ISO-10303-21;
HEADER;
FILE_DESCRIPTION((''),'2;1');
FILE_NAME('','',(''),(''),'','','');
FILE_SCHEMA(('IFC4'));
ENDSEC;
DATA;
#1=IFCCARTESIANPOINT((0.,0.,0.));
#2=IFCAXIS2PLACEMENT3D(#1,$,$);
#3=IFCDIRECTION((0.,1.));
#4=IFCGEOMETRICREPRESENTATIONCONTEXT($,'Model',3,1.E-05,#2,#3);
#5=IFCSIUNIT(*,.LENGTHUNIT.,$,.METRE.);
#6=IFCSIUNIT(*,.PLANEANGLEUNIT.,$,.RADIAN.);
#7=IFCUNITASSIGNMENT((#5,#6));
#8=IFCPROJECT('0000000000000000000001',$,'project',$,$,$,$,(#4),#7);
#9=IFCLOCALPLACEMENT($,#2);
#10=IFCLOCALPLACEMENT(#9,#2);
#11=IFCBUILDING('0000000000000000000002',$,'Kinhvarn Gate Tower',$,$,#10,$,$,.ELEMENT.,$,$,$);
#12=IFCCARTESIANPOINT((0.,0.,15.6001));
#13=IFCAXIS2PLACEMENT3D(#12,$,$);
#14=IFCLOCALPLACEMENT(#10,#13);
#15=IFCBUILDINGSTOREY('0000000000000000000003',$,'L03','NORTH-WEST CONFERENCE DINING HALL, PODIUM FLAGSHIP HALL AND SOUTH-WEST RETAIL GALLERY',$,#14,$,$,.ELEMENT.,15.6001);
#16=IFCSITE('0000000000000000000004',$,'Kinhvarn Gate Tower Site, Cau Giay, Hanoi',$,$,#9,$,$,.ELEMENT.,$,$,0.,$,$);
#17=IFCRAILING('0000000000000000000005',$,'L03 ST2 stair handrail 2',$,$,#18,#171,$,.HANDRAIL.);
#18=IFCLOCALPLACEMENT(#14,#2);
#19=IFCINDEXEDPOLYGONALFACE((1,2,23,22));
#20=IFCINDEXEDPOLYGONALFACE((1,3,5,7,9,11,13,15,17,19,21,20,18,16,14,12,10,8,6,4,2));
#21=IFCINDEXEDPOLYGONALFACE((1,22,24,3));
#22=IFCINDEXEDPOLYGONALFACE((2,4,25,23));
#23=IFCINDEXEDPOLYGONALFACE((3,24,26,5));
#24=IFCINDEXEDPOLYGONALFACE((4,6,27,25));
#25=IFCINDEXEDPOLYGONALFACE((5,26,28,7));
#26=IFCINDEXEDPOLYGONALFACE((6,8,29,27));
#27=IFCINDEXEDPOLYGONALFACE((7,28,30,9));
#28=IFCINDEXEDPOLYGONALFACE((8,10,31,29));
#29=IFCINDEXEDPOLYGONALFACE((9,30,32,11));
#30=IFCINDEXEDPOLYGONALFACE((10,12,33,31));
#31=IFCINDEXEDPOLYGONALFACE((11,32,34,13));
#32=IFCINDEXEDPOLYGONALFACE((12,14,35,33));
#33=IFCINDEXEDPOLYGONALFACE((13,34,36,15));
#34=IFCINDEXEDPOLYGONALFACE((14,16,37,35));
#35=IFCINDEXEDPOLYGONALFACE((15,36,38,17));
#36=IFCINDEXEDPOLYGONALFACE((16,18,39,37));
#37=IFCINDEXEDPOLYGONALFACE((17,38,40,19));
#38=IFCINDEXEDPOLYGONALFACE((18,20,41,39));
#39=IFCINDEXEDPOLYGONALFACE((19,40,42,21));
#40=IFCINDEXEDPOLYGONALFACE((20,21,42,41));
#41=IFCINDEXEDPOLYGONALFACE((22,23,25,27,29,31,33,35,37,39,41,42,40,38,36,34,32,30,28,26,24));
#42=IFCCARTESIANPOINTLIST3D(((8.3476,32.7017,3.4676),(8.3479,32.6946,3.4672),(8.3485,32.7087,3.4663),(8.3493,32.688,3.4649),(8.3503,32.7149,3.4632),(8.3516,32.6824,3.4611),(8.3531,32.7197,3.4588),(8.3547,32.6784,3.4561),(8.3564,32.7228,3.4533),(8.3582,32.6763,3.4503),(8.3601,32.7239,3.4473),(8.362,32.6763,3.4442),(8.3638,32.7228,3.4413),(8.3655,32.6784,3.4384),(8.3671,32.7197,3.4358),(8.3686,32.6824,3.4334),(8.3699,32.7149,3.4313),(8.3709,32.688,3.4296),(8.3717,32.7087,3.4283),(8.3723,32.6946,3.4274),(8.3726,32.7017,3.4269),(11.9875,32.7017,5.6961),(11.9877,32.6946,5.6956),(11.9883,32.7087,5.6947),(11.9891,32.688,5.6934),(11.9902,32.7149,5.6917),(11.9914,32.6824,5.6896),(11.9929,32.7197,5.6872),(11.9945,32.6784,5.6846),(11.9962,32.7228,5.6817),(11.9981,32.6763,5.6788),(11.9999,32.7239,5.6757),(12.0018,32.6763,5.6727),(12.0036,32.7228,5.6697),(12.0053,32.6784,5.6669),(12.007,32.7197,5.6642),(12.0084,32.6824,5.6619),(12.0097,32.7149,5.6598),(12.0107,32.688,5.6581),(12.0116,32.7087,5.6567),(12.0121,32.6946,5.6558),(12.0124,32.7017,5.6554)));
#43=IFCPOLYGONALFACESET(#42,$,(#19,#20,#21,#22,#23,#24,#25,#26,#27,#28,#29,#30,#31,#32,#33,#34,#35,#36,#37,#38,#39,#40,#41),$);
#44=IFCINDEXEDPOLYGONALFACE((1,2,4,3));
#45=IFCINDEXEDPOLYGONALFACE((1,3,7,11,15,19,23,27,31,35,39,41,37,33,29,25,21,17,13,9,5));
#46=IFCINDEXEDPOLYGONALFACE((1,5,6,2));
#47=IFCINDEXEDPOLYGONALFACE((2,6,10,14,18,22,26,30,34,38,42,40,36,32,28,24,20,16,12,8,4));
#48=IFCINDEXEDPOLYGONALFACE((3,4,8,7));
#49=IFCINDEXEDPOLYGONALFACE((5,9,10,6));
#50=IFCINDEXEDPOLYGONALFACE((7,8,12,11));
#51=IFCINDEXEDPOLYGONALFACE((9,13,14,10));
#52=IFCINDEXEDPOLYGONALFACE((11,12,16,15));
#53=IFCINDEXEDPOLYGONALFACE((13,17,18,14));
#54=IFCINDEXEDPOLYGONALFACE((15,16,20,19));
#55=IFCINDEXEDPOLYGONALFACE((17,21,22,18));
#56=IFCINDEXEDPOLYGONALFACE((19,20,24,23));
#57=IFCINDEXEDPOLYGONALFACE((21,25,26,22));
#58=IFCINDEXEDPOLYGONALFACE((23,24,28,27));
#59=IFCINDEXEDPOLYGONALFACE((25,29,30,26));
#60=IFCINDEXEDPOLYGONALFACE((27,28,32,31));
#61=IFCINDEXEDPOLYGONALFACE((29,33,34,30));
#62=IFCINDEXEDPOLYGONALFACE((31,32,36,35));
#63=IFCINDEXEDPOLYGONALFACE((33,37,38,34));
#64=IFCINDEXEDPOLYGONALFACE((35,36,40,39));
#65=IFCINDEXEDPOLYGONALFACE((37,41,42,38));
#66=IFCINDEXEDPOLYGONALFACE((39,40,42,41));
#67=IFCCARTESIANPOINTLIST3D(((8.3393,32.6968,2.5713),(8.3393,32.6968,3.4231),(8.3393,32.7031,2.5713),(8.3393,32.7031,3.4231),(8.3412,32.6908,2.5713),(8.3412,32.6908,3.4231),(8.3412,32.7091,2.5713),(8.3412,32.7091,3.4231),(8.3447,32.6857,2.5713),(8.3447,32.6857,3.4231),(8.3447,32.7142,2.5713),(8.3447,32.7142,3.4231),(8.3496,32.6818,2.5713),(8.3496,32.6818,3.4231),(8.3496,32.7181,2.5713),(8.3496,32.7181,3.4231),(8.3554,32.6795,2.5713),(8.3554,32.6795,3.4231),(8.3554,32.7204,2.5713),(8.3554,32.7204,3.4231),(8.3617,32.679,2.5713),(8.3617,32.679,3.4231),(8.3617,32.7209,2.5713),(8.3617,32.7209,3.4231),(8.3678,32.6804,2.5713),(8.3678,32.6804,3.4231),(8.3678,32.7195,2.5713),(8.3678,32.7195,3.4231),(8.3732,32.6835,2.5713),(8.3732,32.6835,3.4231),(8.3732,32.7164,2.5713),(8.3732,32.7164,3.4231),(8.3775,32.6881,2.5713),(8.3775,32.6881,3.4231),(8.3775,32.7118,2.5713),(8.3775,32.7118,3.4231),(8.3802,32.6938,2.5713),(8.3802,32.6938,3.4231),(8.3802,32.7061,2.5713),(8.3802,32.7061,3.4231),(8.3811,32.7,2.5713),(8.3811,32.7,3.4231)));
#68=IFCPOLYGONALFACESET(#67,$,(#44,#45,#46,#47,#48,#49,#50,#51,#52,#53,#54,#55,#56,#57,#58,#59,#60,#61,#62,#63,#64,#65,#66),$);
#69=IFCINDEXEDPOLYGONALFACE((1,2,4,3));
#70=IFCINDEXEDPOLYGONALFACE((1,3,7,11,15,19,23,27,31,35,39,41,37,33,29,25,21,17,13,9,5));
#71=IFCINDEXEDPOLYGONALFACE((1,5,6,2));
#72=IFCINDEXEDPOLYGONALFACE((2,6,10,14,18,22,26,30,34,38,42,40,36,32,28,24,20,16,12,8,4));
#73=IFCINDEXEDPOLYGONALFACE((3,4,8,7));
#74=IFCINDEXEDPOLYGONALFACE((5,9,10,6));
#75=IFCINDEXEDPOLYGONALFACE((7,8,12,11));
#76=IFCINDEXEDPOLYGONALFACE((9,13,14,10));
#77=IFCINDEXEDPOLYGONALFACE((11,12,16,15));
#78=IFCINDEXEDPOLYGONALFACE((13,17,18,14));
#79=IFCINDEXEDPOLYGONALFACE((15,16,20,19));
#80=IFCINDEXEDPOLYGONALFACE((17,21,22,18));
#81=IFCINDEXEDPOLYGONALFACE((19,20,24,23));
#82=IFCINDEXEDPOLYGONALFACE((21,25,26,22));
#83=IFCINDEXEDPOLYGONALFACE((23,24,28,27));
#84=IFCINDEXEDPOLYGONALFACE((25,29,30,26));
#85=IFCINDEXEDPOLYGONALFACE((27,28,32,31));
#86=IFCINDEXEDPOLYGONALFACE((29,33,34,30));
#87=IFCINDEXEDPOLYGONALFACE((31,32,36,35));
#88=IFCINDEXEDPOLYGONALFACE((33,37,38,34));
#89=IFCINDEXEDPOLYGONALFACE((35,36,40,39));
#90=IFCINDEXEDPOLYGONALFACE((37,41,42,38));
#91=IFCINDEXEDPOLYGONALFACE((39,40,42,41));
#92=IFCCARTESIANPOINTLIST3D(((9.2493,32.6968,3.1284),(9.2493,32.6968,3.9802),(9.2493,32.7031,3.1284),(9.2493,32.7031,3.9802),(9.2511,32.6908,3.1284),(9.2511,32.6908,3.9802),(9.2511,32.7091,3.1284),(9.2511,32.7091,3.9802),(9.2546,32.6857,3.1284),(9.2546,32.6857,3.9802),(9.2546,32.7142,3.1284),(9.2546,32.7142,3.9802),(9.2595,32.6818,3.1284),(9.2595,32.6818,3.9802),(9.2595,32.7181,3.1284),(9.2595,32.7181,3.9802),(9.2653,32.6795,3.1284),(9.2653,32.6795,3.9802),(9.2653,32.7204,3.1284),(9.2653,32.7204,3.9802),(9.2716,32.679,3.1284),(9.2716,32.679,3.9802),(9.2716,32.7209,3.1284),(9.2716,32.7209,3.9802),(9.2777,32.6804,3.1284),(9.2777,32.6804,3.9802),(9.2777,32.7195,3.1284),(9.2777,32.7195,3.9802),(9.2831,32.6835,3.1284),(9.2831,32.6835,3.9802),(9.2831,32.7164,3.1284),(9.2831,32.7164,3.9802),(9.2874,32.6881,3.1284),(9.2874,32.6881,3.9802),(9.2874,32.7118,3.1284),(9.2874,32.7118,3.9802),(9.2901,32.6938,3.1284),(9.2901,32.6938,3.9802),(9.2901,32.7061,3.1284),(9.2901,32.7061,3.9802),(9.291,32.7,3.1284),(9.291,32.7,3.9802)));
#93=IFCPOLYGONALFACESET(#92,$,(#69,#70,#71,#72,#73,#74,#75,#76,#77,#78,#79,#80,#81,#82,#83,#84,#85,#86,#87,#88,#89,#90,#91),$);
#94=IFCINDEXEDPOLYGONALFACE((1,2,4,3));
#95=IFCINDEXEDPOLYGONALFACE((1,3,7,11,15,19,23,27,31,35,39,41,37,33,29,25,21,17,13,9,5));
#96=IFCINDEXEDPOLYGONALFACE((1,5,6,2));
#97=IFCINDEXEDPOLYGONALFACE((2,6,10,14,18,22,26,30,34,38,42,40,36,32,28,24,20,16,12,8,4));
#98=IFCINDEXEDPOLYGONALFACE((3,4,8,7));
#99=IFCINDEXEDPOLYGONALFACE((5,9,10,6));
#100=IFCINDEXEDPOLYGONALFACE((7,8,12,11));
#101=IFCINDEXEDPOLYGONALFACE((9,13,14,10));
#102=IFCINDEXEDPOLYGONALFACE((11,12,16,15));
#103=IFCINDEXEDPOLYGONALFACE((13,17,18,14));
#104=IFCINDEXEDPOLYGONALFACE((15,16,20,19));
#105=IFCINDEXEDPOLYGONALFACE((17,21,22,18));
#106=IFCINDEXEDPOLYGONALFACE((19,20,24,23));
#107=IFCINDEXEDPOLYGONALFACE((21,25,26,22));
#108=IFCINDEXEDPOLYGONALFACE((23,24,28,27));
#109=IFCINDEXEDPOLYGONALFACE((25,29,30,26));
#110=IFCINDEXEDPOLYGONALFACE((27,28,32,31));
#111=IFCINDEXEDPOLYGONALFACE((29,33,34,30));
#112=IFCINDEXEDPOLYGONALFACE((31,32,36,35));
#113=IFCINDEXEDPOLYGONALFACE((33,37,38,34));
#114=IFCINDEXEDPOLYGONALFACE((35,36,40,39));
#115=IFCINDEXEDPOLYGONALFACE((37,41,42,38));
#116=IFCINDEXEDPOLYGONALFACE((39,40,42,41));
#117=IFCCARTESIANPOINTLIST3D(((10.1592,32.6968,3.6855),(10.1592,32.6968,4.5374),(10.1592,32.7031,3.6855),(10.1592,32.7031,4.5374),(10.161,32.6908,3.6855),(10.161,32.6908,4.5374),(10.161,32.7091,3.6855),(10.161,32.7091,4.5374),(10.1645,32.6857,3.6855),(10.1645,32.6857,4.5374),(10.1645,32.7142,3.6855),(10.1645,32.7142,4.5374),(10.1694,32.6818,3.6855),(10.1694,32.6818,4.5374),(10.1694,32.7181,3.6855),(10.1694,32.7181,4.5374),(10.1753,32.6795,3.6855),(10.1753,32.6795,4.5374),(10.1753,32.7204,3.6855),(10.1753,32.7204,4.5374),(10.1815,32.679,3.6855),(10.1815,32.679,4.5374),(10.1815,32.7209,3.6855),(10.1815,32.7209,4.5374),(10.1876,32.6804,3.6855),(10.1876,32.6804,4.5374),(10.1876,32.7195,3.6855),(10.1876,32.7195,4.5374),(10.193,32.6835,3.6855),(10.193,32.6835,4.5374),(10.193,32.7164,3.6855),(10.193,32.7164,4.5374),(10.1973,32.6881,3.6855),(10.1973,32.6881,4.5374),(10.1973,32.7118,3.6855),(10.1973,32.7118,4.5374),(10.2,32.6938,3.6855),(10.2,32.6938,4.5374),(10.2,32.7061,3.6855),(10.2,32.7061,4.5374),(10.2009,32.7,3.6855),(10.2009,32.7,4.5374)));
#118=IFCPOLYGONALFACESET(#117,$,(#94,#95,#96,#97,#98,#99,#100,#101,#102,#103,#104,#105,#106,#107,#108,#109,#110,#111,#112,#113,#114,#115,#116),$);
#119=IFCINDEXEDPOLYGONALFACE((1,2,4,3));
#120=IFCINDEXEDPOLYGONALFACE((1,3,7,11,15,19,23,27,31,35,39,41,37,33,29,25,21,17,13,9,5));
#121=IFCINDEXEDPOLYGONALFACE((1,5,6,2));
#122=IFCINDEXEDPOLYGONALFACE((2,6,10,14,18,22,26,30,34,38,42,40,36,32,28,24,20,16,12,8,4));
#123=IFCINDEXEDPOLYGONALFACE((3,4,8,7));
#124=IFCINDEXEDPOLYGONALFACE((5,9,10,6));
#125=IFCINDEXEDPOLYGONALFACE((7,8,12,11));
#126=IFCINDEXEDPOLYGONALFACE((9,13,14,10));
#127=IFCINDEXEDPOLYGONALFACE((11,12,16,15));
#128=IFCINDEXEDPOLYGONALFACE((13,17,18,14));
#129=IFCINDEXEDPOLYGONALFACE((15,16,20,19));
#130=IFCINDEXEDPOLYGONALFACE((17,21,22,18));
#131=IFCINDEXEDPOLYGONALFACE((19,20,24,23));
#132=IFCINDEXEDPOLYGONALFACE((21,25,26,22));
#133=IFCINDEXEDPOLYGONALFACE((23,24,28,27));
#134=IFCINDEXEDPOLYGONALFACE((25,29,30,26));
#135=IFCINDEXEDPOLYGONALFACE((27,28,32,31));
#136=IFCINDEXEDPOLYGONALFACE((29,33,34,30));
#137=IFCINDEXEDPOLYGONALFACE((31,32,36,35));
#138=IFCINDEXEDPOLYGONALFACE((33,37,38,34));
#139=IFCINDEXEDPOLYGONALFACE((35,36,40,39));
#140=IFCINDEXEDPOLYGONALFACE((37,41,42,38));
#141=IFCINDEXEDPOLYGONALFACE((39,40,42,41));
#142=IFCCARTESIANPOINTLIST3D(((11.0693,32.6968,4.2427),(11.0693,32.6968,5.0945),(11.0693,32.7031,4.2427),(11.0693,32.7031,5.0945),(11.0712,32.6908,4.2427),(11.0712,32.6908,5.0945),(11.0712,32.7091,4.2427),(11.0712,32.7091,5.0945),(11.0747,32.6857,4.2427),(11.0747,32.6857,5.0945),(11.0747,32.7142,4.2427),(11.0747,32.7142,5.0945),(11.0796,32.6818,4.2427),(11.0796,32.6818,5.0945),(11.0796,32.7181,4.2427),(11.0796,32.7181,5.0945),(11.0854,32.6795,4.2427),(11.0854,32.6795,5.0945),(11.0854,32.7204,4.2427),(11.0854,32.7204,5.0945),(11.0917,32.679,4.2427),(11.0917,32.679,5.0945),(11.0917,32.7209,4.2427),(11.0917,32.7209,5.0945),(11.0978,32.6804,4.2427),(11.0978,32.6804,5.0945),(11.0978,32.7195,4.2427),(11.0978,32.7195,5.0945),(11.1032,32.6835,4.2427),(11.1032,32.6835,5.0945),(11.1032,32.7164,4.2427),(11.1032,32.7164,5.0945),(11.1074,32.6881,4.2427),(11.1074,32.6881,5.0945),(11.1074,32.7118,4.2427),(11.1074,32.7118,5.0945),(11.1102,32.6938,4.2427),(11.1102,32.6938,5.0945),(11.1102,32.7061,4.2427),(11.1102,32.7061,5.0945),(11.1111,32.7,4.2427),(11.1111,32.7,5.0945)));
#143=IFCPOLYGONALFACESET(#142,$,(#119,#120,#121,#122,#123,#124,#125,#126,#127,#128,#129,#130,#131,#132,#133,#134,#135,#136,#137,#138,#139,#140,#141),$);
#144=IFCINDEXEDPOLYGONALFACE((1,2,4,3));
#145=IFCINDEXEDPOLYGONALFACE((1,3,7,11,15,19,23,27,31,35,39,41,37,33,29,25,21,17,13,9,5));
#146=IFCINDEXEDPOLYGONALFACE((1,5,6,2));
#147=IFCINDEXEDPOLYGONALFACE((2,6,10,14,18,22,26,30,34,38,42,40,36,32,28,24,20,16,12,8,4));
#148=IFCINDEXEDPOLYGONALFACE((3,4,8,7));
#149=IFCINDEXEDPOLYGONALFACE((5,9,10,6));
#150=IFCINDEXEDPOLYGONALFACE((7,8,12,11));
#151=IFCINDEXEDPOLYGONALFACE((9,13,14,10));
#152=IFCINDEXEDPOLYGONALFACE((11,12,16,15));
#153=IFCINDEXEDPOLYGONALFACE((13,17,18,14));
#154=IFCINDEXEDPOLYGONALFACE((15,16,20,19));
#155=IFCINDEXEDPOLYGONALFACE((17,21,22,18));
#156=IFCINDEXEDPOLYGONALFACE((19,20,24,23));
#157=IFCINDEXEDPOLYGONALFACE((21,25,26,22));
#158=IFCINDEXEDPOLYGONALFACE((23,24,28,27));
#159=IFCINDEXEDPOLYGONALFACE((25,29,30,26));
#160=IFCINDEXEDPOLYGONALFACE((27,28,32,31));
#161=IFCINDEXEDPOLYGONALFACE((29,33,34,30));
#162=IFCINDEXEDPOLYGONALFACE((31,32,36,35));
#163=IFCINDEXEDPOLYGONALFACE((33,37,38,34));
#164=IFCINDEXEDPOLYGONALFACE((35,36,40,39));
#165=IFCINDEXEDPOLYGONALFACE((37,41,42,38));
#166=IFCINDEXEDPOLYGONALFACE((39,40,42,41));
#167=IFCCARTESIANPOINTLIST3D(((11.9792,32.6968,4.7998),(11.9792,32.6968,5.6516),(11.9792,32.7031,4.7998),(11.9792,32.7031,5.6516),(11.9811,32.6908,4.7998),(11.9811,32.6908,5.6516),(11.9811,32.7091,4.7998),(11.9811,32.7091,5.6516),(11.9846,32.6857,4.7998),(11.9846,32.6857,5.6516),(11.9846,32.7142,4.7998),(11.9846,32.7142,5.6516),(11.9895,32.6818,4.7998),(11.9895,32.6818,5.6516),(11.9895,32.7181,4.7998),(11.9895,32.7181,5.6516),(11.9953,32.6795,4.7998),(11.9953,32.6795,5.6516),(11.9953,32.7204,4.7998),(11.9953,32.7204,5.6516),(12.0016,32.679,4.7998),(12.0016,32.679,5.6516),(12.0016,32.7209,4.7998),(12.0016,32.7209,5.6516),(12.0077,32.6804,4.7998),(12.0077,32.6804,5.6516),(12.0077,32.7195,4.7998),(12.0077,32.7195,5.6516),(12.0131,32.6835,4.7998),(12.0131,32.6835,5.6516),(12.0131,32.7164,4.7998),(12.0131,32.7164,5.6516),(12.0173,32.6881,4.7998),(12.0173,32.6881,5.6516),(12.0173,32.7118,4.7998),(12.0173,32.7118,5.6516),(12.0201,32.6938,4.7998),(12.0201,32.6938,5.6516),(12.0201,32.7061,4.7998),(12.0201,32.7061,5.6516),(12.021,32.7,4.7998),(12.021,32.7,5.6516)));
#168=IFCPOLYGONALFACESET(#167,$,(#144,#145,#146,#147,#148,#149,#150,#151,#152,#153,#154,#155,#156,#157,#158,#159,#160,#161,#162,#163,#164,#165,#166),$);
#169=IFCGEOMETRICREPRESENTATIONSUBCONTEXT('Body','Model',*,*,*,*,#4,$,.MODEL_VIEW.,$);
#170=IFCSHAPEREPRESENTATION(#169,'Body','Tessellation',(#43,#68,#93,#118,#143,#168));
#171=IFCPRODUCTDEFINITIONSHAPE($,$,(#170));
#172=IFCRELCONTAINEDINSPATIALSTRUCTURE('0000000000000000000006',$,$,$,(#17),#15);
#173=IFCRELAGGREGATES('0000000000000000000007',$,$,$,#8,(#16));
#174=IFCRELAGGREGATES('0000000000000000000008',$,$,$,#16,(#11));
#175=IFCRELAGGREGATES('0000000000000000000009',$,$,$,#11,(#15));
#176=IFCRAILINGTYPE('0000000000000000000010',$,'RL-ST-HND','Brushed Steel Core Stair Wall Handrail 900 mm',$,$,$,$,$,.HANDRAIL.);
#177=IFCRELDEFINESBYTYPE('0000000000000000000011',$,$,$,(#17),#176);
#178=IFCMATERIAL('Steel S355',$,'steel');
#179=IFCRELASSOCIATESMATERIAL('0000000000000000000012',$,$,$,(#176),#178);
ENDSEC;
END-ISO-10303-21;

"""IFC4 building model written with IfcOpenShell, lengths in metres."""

from ifc_helpers import new_model, si_unit, direction, frame, origin, origin_2d, place, context, subcontext, project, spatial, circle, extrude, material, type_object, element, save


model = new_model("IFC4")

# Units and contexts
model_context = context("Model", 3, precision=1e-05, world=origin(), true_north=direction((0.0, 1.0)))
body_context = subcontext(model_context, "Body", "Model", "MODEL_VIEW")
ifc_project = project(units=[si_unit("LENGTHUNIT", "METRE"), si_unit("PLANEANGLEUNIT", "RADIAN")], contexts=[model_context])

# Site, building, storey
site_placement = place(None, origin())
site = spatial("IfcSite", under=ifc_project, at=site_placement, Name="Kinhvarn Gate Tower Site, Cau Giay, Hanoi", CompositionType="ELEMENT", RefElevation=0.0)
building_placement = place(site_placement, origin())
building = spatial("IfcBuilding", under=site, at=building_placement, Name="Kinhvarn Gate Tower", CompositionType="ELEMENT")
storey_placement = place(building_placement, frame((0.0, 0.0, 15.6001)))
storey = spatial("IfcBuildingStorey", under=building, at=storey_placement, Name="L03", Description="NORTH-WEST CONFERENCE DINING HALL, PODIUM FLAGSHIP HALL AND SOUTH-WEST RETAIL GALLERY", CompositionType="ELEMENT", Elevation=15.6001)

# Shared definitions
ifc_material_1 = material(Name="Steel S355", Category="steel")

# Railing
railing_type_1 = type_object("IfcRailingType", Name="RL-ST-HND", Description="Brushed Steel Core Stair Wall Handrail 900 mm", PredefinedType="HANDRAIL", material=ifc_material_1)
railing_1_placement = place(storey_placement, frame((8.3601, 32.7, 2.5713)))
element("IfcRailing", 1, at=railing_1_placement, inside=storey, type_object=railing_type_1, Name="L03 ST2 stair handrail 2", PredefinedType="HANDRAIL", context=body_context, shape_type="SweptSolid", body=[
    extrude(circle(Radius=0.0239, at=origin_2d()), frame((0.0, 0.0, 0.876), z_axis=(0.85285, 0.0, 0.522156), x_axis=(0.0, 1.0, 0.0)), (0.0, 0.0, 1.0), 4.2678),
    extrude(circle(Radius=0.021, at=origin_2d()), origin(), (0.0, 0.0, 1.0), 0.8518),
    extrude(circle(Radius=0.021, at=origin_2d()), frame((0.9099, 0.0, 0.5571)), (0.0, 0.0, 1.0), 0.8518),
    extrude(circle(Radius=0.021, at=origin_2d()), frame((1.8198, 0.0, 1.1143)), (0.0, 0.0, 1.0), 0.8518),
    extrude(circle(Radius=0.021, at=origin_2d()), frame((2.73, 0.0, 1.6714)), (0.0, 0.0, 1.0), 0.8518),
    extrude(circle(Radius=0.021, at=origin_2d()), frame((3.6399, 0.0, 2.2285)), (0.0, 0.0, 1.0), 0.8518),
])

save(model, "model.ifc")
